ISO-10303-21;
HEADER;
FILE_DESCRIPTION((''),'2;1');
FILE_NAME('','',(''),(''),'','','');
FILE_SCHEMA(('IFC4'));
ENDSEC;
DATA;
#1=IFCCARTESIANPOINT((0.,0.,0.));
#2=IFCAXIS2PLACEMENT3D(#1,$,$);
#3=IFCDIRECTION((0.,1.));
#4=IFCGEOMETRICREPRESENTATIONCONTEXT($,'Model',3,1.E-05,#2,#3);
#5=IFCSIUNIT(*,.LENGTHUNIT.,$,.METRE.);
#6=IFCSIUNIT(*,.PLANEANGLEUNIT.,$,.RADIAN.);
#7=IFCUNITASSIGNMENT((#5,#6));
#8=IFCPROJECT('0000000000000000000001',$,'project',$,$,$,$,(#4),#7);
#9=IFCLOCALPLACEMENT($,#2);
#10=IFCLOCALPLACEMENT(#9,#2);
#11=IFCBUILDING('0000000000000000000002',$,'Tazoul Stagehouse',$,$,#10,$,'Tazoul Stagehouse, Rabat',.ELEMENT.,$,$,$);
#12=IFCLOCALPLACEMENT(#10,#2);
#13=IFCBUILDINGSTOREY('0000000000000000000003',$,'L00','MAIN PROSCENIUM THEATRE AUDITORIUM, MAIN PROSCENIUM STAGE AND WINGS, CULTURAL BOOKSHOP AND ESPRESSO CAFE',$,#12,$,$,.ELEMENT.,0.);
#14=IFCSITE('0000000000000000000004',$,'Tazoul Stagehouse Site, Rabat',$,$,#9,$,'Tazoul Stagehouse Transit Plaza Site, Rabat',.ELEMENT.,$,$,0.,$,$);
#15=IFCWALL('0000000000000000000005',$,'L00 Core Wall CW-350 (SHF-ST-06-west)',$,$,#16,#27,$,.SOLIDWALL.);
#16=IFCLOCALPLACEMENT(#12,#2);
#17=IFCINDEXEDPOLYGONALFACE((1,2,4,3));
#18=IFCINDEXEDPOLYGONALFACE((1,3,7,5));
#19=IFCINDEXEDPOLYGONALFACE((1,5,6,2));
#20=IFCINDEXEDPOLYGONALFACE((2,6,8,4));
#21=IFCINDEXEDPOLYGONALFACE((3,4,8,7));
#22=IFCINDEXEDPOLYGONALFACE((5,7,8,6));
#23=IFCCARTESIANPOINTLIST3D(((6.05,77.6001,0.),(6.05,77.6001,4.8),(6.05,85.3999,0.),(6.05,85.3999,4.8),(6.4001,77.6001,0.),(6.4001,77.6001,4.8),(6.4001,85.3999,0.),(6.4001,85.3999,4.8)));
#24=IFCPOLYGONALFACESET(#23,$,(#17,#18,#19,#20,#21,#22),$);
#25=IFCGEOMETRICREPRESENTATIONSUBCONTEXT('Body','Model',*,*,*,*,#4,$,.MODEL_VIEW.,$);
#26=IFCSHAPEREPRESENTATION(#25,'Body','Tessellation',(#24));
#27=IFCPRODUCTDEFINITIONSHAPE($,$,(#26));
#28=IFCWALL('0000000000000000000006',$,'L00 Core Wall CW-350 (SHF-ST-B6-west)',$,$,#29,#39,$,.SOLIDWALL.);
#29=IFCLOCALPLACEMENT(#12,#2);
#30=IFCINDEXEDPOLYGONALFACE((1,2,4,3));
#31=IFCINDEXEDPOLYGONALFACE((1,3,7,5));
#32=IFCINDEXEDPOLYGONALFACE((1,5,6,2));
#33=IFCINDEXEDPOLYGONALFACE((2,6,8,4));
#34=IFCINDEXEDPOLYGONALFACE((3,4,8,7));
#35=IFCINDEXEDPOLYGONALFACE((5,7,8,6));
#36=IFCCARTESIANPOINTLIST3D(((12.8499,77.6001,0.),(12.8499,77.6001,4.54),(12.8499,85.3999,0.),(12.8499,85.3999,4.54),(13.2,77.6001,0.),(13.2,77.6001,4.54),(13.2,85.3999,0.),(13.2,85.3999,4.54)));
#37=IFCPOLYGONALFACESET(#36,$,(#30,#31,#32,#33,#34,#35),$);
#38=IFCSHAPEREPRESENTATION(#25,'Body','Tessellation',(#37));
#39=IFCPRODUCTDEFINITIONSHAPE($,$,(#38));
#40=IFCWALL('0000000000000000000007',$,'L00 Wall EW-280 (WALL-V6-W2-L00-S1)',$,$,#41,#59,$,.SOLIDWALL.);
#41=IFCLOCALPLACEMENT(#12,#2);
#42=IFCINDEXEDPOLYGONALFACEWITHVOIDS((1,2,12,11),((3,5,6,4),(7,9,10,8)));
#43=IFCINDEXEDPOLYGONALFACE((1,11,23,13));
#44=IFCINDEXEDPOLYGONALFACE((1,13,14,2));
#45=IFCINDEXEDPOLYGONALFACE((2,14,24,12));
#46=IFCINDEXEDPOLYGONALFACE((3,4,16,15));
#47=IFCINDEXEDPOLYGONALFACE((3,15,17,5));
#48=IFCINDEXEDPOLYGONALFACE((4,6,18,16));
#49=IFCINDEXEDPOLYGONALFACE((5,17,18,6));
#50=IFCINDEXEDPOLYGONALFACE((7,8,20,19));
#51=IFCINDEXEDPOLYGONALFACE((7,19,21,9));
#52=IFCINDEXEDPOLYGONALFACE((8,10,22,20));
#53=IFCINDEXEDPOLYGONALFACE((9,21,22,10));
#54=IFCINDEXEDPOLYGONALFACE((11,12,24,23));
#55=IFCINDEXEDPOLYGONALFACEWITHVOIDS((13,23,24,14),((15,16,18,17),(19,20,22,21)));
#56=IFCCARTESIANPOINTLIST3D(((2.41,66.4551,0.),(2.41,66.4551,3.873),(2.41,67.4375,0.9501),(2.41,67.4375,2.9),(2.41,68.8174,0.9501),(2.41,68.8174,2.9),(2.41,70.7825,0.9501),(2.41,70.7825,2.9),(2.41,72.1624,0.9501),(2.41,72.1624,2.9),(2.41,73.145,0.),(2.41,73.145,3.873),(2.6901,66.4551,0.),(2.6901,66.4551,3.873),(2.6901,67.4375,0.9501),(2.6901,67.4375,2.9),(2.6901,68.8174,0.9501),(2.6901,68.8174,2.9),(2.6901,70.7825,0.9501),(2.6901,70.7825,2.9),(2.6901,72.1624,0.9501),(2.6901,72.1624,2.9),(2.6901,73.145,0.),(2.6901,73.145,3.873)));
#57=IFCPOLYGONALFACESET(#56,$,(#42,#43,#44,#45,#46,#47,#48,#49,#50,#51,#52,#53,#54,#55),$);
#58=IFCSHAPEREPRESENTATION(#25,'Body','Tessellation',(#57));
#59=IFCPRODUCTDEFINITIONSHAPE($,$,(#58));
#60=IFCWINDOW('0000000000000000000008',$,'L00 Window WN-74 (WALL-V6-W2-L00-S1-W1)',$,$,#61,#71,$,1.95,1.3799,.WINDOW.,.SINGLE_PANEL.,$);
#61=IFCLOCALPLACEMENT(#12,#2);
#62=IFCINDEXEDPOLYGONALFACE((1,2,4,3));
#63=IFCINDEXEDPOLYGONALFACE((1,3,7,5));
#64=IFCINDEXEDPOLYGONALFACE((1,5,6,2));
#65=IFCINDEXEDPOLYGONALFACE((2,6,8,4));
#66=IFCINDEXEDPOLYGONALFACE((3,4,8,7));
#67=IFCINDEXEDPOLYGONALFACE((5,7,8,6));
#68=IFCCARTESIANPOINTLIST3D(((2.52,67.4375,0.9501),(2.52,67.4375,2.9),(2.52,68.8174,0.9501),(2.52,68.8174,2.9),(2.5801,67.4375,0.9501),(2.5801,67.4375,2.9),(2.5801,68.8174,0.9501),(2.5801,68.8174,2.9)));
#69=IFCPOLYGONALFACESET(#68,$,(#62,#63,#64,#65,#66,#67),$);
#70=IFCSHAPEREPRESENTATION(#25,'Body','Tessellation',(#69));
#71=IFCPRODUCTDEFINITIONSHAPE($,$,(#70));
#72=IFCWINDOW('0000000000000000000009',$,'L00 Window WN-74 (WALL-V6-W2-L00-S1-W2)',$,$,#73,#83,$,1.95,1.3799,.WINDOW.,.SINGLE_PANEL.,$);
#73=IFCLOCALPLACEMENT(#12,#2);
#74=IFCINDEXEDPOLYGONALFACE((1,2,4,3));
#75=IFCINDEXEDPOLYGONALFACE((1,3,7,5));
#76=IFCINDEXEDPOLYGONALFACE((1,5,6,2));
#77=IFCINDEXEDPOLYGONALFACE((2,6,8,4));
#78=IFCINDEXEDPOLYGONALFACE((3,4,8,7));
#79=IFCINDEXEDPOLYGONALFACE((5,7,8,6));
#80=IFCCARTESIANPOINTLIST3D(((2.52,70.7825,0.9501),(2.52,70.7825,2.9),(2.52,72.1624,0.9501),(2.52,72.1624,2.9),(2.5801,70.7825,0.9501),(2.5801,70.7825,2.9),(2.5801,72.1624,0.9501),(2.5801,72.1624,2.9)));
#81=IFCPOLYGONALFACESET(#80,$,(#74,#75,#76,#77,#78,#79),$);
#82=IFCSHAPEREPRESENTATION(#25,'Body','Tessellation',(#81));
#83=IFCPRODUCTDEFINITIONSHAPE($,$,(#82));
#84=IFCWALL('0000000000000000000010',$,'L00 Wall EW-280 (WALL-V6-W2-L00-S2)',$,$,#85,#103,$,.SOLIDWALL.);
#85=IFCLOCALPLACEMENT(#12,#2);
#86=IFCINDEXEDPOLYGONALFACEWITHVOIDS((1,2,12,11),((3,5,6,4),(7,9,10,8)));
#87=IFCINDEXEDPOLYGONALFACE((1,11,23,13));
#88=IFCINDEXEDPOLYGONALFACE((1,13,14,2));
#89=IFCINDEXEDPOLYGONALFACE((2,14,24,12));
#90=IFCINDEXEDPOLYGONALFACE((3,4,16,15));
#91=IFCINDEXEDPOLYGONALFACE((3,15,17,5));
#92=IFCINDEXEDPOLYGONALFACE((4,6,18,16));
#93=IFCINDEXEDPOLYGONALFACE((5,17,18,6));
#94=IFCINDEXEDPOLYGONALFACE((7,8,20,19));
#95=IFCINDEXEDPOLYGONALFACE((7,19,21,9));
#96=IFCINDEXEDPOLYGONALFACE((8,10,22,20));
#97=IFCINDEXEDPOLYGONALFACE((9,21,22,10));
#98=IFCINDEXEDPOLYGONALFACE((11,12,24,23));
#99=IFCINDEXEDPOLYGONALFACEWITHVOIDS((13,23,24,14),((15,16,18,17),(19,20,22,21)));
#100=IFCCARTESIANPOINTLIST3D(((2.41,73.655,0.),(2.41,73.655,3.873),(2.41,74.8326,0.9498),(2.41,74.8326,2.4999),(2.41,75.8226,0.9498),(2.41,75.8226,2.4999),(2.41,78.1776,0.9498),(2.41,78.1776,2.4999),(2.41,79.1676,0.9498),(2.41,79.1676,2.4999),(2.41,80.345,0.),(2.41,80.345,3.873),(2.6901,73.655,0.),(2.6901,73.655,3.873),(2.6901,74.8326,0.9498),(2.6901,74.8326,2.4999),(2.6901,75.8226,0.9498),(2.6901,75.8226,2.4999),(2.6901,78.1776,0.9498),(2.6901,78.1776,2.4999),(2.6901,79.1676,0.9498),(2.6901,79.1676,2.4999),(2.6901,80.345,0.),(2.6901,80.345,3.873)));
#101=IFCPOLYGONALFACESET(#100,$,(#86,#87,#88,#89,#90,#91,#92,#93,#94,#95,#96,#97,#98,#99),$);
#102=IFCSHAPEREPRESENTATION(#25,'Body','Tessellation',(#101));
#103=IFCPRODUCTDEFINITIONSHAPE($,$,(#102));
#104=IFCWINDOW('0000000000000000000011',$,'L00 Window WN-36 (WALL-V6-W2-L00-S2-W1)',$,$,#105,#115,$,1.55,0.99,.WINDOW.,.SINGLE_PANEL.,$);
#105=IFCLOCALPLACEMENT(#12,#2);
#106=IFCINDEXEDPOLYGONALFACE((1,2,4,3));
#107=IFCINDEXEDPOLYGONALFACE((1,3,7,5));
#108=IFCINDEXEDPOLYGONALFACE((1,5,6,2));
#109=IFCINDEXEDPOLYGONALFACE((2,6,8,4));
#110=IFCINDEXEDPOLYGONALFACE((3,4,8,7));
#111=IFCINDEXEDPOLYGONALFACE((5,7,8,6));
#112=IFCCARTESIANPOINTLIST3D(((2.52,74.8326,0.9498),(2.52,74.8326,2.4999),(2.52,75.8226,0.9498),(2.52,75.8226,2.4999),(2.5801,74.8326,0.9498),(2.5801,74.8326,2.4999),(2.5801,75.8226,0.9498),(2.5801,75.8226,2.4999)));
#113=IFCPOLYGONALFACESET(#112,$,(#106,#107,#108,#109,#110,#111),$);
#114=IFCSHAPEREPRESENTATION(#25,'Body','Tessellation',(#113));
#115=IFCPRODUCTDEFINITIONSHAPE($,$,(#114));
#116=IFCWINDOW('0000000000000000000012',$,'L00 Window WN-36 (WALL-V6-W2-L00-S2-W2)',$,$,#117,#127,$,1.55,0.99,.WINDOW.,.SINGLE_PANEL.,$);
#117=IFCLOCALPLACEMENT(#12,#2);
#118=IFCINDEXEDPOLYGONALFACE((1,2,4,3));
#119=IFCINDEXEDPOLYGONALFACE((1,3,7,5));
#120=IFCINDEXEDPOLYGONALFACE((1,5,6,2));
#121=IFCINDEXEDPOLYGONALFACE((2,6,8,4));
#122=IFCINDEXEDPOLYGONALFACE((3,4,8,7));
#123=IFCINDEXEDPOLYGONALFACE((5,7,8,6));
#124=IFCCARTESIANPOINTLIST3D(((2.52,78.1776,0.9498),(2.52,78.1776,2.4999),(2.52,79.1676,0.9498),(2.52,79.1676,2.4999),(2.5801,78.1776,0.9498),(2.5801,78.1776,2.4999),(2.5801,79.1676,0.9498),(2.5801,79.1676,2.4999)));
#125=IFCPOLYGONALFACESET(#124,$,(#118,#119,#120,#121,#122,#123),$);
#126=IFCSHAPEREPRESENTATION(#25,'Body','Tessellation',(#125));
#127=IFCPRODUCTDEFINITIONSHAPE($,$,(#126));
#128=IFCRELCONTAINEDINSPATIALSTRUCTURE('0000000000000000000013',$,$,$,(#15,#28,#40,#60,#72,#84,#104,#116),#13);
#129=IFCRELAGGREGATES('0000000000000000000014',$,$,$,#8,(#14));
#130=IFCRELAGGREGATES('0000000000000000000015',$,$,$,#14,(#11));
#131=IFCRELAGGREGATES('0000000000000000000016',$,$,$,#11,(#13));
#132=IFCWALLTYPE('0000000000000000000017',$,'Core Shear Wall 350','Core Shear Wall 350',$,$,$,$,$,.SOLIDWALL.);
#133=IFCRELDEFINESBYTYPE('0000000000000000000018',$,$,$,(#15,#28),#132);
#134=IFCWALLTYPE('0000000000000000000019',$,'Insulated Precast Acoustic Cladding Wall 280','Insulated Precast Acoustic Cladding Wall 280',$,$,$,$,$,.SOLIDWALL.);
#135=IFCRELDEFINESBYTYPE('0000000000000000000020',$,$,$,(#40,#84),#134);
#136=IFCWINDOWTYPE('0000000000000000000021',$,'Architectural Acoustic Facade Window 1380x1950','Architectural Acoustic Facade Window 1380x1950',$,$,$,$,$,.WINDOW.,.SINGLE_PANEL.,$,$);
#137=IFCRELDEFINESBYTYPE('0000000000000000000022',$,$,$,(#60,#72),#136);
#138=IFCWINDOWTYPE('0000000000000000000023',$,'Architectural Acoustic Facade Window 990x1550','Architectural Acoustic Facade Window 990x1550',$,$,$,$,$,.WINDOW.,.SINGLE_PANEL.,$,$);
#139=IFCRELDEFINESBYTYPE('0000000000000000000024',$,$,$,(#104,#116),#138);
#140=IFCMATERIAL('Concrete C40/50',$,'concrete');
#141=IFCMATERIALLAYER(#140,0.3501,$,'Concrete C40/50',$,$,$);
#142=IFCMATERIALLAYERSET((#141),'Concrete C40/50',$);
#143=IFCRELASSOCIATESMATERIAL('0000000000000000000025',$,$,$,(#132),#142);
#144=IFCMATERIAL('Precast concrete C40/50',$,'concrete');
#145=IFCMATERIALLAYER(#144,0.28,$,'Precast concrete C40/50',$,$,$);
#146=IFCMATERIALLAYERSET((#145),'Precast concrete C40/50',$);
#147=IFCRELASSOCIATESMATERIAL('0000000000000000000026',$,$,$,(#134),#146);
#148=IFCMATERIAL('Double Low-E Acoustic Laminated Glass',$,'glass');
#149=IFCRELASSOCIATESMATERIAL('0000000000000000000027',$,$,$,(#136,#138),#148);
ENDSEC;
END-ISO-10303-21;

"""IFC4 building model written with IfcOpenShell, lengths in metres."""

from ifc_helpers import new_model, si_unit, direction, frame, frame_2d, origin, place, context, subcontext, project, spatial, rectangle, extrude, material, layer, layer_set, type_object, element, fill, save


model = new_model("IFC4")

# Units and contexts
model_context = context("Model", 3, precision=1e-05, world=origin(), true_north=direction((0.0, 1.0)))
body_context = subcontext(model_context, "Body", "Model", "MODEL_VIEW")
ifc_project = project(units=[si_unit("LENGTHUNIT", "METRE"), si_unit("PLANEANGLEUNIT", "RADIAN")], contexts=[model_context])

# Site, building, storey
site_placement = place(None, origin())
site = spatial("IfcSite", under=ifc_project, at=site_placement, Name="Tazoul Stagehouse Site, Rabat", LongName="Tazoul Stagehouse Transit Plaza Site, Rabat", CompositionType="ELEMENT", RefElevation=0.0)
building_placement = place(site_placement, origin())
building = spatial("IfcBuilding", under=site, at=building_placement, Name="Tazoul Stagehouse", LongName="Tazoul Stagehouse, Rabat", CompositionType="ELEMENT")
storey_placement = place(building_placement, origin())
storey = spatial("IfcBuildingStorey", under=building, at=storey_placement, Name="L00", Description="MAIN PROSCENIUM THEATRE AUDITORIUM, MAIN PROSCENIUM STAGE AND WINGS, CULTURAL BOOKSHOP AND ESPRESSO CAFE", CompositionType="ELEMENT", Elevation=0.0)

# Shared definitions
ifc_material_1 = material(Name="Concrete C40/50", Category="concrete")

# Shared definitions
ifc_layer_1 = layer(ifc_material_1, 0.3501, Name="Concrete C40/50")
ifc_layer_set_1 = layer_set([ifc_layer_1], Name="Concrete C40/50")
wall_type_1 = type_object("IfcWallType", Name="Core Shear Wall 350", Description="Core Shear Wall 350", PredefinedType="SOLIDWALL", material=ifc_layer_set_1)

# Walls
wall_1_placement = place(storey_placement, frame((6.2251, 77.6001, 0.0), z_axis=(0.0, 0.0, 1.0), x_axis=(0.0, 1.0, 0.0)))
element("IfcWall", 1, at=wall_1_placement, inside=storey, type_object=wall_type_1, Name="L00 Core Wall CW-350 (SHF-ST-06-west)", PredefinedType="SOLIDWALL", context=body_context, shape_type="SweptSolid", body=[
    extrude(rectangle(XDim=7.7998, YDim=0.3501, at=frame_2d((3.8999, 0.0))), origin(), (0.0, 0.0, 1.0), 4.8),
])
wall_2_placement = place(storey_placement, frame((13.0249, 77.6001, 0.0), z_axis=(0.0, 0.0, 1.0), x_axis=(0.0, 1.0, 0.0)))
element("IfcWall", 2, at=wall_2_placement, inside=storey, type_object=wall_type_1, Name="L00 Core Wall CW-350 (SHF-ST-B6-west)", PredefinedType="SOLIDWALL", context=body_context, shape_type="SweptSolid", body=[
    extrude(rectangle(XDim=7.7998, YDim=0.3501, at=frame_2d((3.8999, 0.0))), origin(), (0.0, 0.0, 1.0), 4.54),
])

# Walls, openings, windows
ifc_material_2 = material(Name="Precast concrete C40/50", Category="concrete")
ifc_layer_2 = layer(ifc_material_2, 0.28, Name="Precast concrete C40/50")
ifc_layer_set_2 = layer_set([ifc_layer_2], Name="Precast concrete C40/50")
wall_type_2 = type_object("IfcWallType", Name="Insulated Precast Acoustic Cladding Wall 280", Description="Insulated Precast Acoustic Cladding Wall 280", PredefinedType="SOLIDWALL", material=ifc_layer_set_2)
wall_3_placement = place(storey_placement, frame((2.55, 66.4551, 0.0), z_axis=(0.0, 0.0, 1.0), x_axis=(0.0, 1.0, 0.0)))
wall_3 = element("IfcWall", 3, at=wall_3_placement, inside=storey, type_object=wall_type_2, Name="L00 Wall EW-280 (WALL-V6-W2-L00-S1)", PredefinedType="SOLIDWALL", context=body_context, shape_type="SweptSolid", body=[
    extrude(rectangle(XDim=6.6899, YDim=0.28, at=frame_2d((3.345, 0.0))), origin(), (0.0, 0.0, 1.0), 3.873),
])
opening_1_placement = place(wall_3_placement, frame((0.9824, 0.0, 0.95)))
opening_1 = element("IfcOpeningElement", 4, at=opening_1_placement, cuts=wall_3, PredefinedType="OPENING", context=body_context, shape_type="SweptSolid", body=[
    extrude(rectangle(XDim=1.3799, YDim=1.95, at=frame_2d((0.6899, 0.9751))), frame((0.0, 0.1599, 0.0), z_axis=(0.0, -1.0, 0.0), x_axis=(1.0, 0.0, 0.0)), (0.0, 0.0, 1.0), 0.3201),
])
opening_2_placement = place(wall_3_placement, frame((4.3274, 0.0, 0.95)))
opening_2 = element("IfcOpeningElement", 5, at=opening_2_placement, cuts=wall_3, PredefinedType="OPENING", context=body_context, shape_type="SweptSolid", body=[
    extrude(rectangle(XDim=1.3799, YDim=1.95, at=frame_2d((0.6899, 0.9751))), frame((0.0, 0.1599, 0.0), z_axis=(0.0, -1.0, 0.0), x_axis=(1.0, 0.0, 0.0)), (0.0, 0.0, 1.0), 0.3201),
])
ifc_material_3 = material(Name="Double Low-E Acoustic Laminated Glass", Category="glass")
window_type_1 = type_object("IfcWindowType", Name="Architectural Acoustic Facade Window 1380x1950", Description="Architectural Acoustic Facade Window 1380x1950", PartitioningType="SINGLE_PANEL", PredefinedType="WINDOW", material=ifc_material_3)
window_1_placement = place(opening_1_placement, origin())
window_1 = element("IfcWindow", 6, at=window_1_placement, inside=storey, type_object=window_type_1, Name="L00 Window WN-74 (WALL-V6-W2-L00-S1-W1)", OverallHeight=1.95, OverallWidth=1.3799, PartitioningType="SINGLE_PANEL", PredefinedType="WINDOW", context=body_context, shape_type="SweptSolid", body=[
    extrude(rectangle(XDim=1.3799, YDim=1.95, at=frame_2d((0.6899, 0.9751))), frame((0.0, 0.03, 0.0), z_axis=(0.0, -1.0, 0.0), x_axis=(1.0, 0.0, 0.0)), (0.0, 0.0, 1.0), 0.0601),
])
fill(opening_1, window_1)
window_2_placement = place(opening_2_placement, origin())
window_2 = element("IfcWindow", 7, at=window_2_placement, inside=storey, type_object=window_type_1, Name="L00 Window WN-74 (WALL-V6-W2-L00-S1-W2)", OverallHeight=1.95, OverallWidth=1.3799, PartitioningType="SINGLE_PANEL", PredefinedType="WINDOW", context=body_context, shape_type="SweptSolid", body=[
    extrude(rectangle(XDim=1.3799, YDim=1.95, at=frame_2d((0.6899, 0.9751))), frame((0.0, 0.03, 0.0), z_axis=(0.0, -1.0, 0.0), x_axis=(1.0, 0.0, 0.0)), (0.0, 0.0, 1.0), 0.0601),
])
fill(opening_2, window_2)
wall_4_placement = place(storey_placement, frame((2.55, 73.655, 0.0), z_axis=(0.0, 0.0, 1.0), x_axis=(0.0, 1.0, 0.0)))
wall_4 = element("IfcWall", 8, at=wall_4_placement, inside=storey, type_object=wall_type_2, Name="L00 Wall EW-280 (WALL-V6-W2-L00-S2)", PredefinedType="SOLIDWALL", context=body_context, shape_type="SweptSolid", body=[
    extrude(rectangle(XDim=6.6899, YDim=0.28, at=frame_2d((3.345, 0.0))), origin(), (0.0, 0.0, 1.0), 3.873),
])
opening_3_placement = place(wall_4_placement, frame((1.1775, 0.0, 0.95)))
opening_3 = element("IfcOpeningElement", 9, at=opening_3_placement, cuts=wall_4, PredefinedType="OPENING", context=body_context, shape_type="SweptSolid", body=[
    extrude(rectangle(XDim=0.99, YDim=1.55, at=frame_2d((0.4951, 0.7749))), frame((0.0, 0.1599, 0.0), z_axis=(0.0, -1.0, 0.0), x_axis=(1.0, 0.0, 0.0)), (0.0, 0.0, 1.0), 0.3201),
])
opening_4_placement = place(wall_4_placement, frame((4.5225, 0.0, 0.95)))
opening_4 = element("IfcOpeningElement", 10, at=opening_4_placement, cuts=wall_4, PredefinedType="OPENING", context=body_context, shape_type="SweptSolid", body=[
    extrude(rectangle(XDim=0.99, YDim=1.55, at=frame_2d((0.4951, 0.7749))), frame((0.0, 0.1599, 0.0), z_axis=(0.0, -1.0, 0.0), x_axis=(1.0, 0.0, 0.0)), (0.0, 0.0, 1.0), 0.3201),
])
window_type_2 = type_object("IfcWindowType", Name="Architectural Acoustic Facade Window 990x1550", Description="Architectural Acoustic Facade Window 990x1550", PartitioningType="SINGLE_PANEL", PredefinedType="WINDOW", material=ifc_material_3)
window_3_placement = place(opening_3_placement, origin())
window_3 = element("IfcWindow", 11, at=window_3_placement, inside=storey, type_object=window_type_2, Name="L00 Window WN-36 (WALL-V6-W2-L00-S2-W1)", OverallHeight=1.55, OverallWidth=0.99, PartitioningType="SINGLE_PANEL", PredefinedType="WINDOW", context=body_context, shape_type="SweptSolid", body=[
    extrude(rectangle(XDim=0.99, YDim=1.55, at=frame_2d((0.4951, 0.7749))), frame((0.0, 0.03, 0.0), z_axis=(0.0, -1.0, 0.0), x_axis=(1.0, 0.0, 0.0)), (0.0, 0.0, 1.0), 0.0601),
])
fill(opening_3, window_3)
window_4_placement = place(opening_4_placement, origin())
window_4 = element("IfcWindow", 12, at=window_4_placement, inside=storey, type_object=window_type_2, Name="L00 Window WN-36 (WALL-V6-W2-L00-S2-W2)", OverallHeight=1.55, OverallWidth=0.99, PartitioningType="SINGLE_PANEL", PredefinedType="WINDOW", context=body_context, shape_type="SweptSolid", body=[
    extrude(rectangle(XDim=0.99, YDim=1.55, at=frame_2d((0.4951, 0.7749))), frame((0.0, 0.03, 0.0), z_axis=(0.0, -1.0, 0.0), x_axis=(1.0, 0.0, 0.0)), (0.0, 0.0, 1.0), 0.0601),
])
fill(opening_4, window_4)

save(model, "model.ifc")
